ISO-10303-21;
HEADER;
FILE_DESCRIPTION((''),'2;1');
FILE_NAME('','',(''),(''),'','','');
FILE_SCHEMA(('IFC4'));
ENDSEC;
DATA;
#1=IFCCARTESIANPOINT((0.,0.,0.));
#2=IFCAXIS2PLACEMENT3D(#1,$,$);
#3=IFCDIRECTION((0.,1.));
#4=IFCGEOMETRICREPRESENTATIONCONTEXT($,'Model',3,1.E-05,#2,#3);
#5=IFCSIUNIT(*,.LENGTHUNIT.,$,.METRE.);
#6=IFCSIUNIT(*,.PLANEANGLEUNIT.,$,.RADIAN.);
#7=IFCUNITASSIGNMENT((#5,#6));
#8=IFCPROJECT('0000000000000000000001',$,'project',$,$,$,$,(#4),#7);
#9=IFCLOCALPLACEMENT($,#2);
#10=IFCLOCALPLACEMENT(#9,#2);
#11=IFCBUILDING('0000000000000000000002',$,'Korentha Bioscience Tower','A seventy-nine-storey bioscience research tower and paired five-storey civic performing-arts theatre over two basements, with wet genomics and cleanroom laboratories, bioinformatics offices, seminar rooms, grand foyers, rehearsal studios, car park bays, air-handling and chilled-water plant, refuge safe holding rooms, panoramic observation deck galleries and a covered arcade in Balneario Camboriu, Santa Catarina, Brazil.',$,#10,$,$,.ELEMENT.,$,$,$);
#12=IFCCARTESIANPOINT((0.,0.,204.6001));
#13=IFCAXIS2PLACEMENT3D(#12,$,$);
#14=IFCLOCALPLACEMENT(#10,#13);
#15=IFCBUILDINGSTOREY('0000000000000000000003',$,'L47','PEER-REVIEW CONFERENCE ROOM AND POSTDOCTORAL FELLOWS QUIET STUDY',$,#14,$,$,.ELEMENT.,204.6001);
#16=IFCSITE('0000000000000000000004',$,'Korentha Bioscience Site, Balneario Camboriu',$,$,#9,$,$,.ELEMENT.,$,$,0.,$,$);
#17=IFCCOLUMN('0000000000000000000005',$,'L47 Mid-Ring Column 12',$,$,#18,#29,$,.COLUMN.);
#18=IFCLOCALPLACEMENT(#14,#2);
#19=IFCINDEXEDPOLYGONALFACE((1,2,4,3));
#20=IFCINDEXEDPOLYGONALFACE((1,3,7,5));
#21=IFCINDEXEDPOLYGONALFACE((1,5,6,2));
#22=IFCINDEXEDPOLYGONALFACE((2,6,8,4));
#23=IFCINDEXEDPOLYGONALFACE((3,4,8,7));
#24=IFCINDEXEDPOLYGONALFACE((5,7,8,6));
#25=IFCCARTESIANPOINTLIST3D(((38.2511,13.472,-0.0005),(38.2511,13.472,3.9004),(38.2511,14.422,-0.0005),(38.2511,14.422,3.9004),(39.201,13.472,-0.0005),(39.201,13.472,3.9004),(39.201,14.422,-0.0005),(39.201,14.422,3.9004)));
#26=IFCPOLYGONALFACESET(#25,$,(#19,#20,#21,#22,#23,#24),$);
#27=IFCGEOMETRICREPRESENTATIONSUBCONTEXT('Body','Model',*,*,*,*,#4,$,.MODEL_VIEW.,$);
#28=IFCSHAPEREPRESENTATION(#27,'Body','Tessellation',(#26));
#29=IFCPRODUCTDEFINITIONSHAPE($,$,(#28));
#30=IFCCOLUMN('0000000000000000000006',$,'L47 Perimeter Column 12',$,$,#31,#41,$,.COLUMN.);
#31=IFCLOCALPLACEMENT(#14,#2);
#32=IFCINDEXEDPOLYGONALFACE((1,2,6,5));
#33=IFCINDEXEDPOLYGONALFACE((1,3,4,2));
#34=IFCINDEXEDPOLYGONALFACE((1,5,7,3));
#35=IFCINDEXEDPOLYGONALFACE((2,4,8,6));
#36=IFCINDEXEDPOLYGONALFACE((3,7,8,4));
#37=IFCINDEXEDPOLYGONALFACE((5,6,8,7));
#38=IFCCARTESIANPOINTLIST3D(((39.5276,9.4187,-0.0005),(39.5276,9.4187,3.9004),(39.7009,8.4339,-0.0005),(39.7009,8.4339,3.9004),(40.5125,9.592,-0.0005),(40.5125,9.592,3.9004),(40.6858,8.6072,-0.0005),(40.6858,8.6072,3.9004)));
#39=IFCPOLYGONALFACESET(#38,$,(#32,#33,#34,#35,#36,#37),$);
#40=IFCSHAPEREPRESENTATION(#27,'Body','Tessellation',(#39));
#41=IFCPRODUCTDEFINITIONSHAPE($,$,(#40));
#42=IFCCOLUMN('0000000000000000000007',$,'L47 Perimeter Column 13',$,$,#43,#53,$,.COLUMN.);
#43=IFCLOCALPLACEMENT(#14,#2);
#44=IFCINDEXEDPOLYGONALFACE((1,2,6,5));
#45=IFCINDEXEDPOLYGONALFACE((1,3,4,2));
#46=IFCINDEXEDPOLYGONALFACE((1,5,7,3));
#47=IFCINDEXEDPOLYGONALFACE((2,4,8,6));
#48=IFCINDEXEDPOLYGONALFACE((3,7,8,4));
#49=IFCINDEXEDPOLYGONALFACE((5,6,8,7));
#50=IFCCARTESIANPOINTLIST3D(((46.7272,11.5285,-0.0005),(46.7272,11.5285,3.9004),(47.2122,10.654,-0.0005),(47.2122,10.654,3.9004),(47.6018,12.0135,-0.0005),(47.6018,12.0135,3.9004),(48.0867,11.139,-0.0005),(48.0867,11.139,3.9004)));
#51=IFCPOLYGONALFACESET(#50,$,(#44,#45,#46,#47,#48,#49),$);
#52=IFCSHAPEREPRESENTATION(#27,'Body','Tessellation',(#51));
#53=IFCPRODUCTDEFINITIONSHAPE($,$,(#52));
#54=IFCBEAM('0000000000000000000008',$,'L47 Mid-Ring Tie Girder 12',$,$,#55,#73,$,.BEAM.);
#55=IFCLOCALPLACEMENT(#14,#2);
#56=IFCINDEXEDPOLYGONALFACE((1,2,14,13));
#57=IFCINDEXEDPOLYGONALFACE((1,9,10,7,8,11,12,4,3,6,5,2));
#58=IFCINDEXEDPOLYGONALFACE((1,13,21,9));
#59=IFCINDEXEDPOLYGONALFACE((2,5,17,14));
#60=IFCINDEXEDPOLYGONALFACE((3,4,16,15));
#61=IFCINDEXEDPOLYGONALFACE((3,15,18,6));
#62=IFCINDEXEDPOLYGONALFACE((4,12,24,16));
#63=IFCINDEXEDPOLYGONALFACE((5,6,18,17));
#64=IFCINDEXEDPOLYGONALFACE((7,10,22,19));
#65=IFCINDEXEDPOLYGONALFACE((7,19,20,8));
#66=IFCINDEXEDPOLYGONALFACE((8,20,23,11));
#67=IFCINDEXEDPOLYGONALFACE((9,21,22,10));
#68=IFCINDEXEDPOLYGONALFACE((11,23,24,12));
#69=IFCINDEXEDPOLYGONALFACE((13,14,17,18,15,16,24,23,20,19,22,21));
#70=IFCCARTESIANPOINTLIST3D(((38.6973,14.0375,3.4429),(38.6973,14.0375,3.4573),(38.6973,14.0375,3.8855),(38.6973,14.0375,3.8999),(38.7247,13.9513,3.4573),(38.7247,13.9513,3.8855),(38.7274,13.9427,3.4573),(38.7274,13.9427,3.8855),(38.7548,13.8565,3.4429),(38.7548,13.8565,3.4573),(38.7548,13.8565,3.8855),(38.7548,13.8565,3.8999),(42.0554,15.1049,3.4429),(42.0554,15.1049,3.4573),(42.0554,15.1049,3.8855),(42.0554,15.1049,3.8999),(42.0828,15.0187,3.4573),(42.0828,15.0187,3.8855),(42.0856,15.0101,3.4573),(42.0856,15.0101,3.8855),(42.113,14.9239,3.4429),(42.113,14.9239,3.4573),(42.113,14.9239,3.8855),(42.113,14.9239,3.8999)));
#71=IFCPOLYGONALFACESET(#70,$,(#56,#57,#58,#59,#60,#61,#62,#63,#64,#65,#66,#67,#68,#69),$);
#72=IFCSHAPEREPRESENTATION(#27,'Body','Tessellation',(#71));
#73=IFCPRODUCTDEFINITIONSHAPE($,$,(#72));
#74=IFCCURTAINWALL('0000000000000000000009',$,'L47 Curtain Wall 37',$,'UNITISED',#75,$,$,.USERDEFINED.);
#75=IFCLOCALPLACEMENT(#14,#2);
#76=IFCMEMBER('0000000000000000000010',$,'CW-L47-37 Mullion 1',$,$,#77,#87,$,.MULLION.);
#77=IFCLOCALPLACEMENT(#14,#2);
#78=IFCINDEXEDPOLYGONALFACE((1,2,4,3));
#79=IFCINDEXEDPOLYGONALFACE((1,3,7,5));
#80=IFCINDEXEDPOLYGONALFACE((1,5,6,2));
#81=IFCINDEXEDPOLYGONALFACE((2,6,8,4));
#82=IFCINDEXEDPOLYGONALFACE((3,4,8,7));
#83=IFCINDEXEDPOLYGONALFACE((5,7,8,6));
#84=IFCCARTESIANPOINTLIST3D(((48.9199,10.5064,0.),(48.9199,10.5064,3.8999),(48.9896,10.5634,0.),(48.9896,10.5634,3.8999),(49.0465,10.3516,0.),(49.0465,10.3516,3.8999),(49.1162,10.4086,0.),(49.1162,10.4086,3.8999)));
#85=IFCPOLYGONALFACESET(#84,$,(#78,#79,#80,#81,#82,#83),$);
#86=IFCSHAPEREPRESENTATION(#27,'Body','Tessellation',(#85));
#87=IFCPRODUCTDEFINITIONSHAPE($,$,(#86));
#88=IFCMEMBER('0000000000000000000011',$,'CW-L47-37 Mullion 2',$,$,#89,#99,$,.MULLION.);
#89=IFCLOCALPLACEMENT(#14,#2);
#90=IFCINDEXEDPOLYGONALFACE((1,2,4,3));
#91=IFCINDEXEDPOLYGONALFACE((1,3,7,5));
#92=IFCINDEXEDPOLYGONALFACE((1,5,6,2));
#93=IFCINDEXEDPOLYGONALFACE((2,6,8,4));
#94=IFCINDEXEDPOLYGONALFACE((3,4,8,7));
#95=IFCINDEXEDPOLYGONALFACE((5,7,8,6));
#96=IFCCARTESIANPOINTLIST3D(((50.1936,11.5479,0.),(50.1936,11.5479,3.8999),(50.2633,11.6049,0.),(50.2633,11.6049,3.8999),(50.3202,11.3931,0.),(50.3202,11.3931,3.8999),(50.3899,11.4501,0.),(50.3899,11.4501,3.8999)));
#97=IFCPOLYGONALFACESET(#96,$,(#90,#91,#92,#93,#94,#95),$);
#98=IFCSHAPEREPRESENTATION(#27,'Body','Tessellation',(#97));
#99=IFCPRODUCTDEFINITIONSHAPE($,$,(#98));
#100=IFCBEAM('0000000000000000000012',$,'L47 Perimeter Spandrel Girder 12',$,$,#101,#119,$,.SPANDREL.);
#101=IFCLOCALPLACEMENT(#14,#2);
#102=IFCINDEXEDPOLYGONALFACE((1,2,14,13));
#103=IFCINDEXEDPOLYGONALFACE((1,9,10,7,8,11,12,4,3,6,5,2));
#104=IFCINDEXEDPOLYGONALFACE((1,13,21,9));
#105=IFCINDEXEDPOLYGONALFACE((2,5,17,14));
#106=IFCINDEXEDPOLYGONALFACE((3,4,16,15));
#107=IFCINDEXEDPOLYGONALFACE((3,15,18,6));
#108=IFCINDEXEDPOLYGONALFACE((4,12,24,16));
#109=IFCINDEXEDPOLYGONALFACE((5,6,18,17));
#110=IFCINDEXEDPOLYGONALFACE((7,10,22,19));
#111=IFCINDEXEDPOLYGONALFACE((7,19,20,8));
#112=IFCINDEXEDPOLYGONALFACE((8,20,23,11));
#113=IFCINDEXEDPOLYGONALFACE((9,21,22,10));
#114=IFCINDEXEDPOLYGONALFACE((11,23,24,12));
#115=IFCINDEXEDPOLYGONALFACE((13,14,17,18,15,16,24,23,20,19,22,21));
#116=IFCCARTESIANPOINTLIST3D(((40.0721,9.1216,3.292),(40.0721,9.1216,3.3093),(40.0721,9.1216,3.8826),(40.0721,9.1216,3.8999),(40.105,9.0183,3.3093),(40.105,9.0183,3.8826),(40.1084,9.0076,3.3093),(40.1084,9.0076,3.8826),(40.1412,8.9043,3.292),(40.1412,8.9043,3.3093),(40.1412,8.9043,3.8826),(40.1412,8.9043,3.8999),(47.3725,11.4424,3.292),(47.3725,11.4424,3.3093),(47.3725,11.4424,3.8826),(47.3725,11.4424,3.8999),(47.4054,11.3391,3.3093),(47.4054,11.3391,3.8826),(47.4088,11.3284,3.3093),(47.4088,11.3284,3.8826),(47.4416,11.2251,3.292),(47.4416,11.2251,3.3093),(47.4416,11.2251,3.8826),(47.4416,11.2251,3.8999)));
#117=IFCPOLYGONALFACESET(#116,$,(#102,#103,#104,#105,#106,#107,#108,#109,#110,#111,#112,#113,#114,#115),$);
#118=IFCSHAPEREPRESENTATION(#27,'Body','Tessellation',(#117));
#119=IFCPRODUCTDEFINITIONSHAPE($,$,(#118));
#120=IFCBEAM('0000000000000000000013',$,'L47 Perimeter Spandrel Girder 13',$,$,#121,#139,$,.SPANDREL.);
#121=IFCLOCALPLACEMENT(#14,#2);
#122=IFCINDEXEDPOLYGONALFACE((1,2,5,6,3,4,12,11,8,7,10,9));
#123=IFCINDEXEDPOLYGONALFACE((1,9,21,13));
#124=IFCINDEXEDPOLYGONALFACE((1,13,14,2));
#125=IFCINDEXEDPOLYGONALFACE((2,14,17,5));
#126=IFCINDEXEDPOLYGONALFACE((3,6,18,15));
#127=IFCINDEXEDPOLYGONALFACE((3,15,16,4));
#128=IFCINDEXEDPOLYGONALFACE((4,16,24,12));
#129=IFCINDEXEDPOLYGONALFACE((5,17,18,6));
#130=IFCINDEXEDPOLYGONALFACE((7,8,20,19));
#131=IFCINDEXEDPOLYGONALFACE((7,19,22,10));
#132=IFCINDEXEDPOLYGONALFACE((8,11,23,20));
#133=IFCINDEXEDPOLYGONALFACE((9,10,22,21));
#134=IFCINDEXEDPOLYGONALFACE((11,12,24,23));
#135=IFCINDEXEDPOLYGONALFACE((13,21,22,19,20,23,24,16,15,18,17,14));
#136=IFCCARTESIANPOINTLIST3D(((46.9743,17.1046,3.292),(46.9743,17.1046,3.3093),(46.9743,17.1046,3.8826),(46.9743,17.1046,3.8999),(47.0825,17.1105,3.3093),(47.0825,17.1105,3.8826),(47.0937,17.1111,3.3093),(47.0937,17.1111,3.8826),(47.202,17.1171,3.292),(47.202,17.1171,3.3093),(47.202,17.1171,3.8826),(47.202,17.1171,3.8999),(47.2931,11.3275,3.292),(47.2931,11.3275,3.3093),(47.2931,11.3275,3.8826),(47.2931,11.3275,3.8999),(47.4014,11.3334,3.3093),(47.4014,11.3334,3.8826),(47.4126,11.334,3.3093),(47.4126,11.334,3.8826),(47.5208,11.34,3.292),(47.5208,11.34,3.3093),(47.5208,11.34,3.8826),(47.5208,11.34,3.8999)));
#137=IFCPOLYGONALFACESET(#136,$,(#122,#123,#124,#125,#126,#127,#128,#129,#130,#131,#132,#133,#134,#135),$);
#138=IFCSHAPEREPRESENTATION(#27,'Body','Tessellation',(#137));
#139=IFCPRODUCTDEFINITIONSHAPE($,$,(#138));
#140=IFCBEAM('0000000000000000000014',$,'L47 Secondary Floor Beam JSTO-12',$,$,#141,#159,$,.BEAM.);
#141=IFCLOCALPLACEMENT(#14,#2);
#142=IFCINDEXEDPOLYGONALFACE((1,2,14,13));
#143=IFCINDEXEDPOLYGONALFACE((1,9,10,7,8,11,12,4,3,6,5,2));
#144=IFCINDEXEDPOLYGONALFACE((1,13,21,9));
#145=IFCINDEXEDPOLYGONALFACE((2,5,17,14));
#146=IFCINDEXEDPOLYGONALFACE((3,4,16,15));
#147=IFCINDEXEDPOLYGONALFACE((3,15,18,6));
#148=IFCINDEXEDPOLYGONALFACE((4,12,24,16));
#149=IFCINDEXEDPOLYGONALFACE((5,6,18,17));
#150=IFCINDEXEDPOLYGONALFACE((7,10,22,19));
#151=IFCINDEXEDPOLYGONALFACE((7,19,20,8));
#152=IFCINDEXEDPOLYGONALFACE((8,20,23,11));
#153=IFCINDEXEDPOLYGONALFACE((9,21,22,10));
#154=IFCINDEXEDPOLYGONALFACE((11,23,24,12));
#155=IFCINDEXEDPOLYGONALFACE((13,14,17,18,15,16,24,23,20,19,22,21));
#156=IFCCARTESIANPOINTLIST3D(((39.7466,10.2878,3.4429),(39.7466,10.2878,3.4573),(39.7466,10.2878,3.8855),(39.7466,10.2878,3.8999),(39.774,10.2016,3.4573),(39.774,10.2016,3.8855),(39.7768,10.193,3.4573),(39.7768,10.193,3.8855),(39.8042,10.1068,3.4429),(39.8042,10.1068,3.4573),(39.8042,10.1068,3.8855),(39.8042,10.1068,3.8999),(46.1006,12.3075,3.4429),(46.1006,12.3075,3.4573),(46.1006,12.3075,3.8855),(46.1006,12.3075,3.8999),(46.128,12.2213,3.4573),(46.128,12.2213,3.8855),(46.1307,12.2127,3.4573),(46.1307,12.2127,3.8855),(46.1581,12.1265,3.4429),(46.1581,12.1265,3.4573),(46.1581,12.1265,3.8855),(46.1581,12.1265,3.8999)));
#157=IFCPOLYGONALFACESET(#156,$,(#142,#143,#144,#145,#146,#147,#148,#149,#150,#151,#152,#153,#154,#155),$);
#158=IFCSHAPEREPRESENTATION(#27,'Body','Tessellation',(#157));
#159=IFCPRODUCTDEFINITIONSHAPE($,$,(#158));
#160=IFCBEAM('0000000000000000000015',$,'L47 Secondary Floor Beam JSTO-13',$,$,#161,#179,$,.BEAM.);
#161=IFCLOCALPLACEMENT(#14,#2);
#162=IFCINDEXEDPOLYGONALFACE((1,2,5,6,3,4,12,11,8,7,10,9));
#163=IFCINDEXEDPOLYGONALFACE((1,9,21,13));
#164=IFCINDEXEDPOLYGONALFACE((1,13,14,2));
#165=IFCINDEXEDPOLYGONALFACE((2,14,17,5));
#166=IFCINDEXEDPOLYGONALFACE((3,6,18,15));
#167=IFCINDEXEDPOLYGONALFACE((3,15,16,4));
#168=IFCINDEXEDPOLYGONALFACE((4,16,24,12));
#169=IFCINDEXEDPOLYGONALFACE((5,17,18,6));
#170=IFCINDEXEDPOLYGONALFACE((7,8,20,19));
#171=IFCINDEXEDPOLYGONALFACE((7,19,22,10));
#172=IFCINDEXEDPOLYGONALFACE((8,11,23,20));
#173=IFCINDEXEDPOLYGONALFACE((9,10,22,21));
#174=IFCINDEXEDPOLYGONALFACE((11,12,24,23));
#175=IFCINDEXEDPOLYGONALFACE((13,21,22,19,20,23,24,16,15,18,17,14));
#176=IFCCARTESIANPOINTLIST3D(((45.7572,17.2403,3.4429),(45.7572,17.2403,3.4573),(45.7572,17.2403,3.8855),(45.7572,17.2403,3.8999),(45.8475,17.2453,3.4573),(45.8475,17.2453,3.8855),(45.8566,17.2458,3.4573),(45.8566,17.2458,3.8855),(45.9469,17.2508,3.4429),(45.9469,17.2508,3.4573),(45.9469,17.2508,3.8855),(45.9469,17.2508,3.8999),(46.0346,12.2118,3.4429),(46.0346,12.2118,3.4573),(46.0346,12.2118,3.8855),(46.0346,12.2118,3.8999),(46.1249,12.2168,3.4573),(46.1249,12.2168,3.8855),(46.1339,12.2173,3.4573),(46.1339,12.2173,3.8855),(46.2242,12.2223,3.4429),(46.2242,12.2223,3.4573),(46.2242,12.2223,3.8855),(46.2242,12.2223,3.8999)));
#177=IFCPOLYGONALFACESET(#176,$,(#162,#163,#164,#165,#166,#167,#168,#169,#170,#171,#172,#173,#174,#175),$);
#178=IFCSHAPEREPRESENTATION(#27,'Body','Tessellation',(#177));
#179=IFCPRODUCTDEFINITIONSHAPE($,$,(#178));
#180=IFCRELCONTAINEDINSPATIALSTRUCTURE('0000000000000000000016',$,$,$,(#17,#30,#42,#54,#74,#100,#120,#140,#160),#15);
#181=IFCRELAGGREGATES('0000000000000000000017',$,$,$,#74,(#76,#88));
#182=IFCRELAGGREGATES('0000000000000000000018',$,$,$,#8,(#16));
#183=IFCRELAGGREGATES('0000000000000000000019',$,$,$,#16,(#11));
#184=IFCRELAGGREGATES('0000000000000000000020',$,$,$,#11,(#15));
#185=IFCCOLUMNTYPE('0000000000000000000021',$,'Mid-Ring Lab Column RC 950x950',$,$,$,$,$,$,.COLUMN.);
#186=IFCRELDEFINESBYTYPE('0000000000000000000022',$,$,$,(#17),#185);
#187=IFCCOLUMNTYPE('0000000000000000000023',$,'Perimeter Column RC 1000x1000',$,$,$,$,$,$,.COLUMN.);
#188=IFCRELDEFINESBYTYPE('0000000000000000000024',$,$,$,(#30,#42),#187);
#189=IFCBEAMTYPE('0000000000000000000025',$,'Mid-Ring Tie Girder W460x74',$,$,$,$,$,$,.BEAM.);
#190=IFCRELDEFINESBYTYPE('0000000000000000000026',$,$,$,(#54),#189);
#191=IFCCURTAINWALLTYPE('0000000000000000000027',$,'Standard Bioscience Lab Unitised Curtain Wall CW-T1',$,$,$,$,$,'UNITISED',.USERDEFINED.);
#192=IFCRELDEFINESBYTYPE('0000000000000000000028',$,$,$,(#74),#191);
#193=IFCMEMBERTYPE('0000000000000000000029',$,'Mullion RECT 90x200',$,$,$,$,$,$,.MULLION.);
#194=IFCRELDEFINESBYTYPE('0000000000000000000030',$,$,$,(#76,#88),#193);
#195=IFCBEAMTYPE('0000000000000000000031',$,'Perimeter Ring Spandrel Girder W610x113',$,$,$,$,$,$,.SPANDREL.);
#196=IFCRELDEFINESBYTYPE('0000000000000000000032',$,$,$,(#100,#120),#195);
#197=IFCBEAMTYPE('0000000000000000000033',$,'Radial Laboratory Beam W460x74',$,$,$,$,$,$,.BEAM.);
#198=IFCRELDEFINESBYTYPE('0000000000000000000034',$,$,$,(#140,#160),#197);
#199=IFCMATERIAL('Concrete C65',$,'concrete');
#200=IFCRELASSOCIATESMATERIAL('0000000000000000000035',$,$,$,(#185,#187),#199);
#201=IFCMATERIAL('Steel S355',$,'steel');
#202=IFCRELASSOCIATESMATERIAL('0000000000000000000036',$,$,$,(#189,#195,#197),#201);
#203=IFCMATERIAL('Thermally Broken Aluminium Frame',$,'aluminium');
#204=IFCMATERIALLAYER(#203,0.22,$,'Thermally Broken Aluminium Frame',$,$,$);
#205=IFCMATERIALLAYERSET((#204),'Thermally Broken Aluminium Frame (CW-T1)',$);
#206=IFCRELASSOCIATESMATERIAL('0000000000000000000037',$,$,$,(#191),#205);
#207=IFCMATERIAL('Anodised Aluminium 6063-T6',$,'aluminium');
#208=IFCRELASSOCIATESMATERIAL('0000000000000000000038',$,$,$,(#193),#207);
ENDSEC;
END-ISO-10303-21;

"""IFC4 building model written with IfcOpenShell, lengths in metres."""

from ifc_helpers import new_model, si_unit, direction, frame, origin, origin_2d, place, context, subcontext, project, spatial, rectangle, i_section, extrude, material, layer, layer_set, material_profile, profile_set, type_object, element, aggregate, save


model = new_model("IFC4")

# Units and contexts
model_context = context("Model", 3, precision=1e-05, world=origin(), true_north=direction((0.0, 1.0)))
body_context = subcontext(model_context, "Body", "Model", "MODEL_VIEW")
ifc_project = project(units=[si_unit("LENGTHUNIT", "METRE"), si_unit("PLANEANGLEUNIT", "RADIAN")], contexts=[model_context])

# Site, building, storey
site_placement = place(None, origin())
site = spatial("IfcSite", under=ifc_project, at=site_placement, Name="Korentha Bioscience Site, Balneario Camboriu", CompositionType="ELEMENT", RefElevation=0.0)
building_placement = place(site_placement, origin())
building = spatial("IfcBuilding", under=site, at=building_placement, Name="Korentha Bioscience Tower", Description="A seventy-nine-storey bioscience research tower and paired five-storey civic performing-arts theatre over two basements, with wet genomics and cleanroom laboratories, bioinformatics offices, seminar rooms, grand foyers, rehearsal studios, car park bays, air-handling and chilled-water plant, refuge safe holding rooms, panoramic observation deck galleries and a covered arcade in Balneario Camboriu, Santa Catarina, Brazil.", CompositionType="ELEMENT")
storey_placement = place(building_placement, frame((0.0, 0.0, 204.6001)))
storey = spatial("IfcBuildingStorey", under=building, at=storey_placement, Name="L47", Description="PEER-REVIEW CONFERENCE ROOM AND POSTDOCTORAL FELLOWS QUIET STUDY", CompositionType="ELEMENT", Elevation=204.6001)

# Columns
ifc_material_1 = material(Name="Concrete C65", Category="concrete")
ifc_material_profile_1 = material_profile(ifc_material_1, rectangle(XDim=0.95, YDim=0.95, at=origin_2d()), Name="Concrete C65")
ifc_profile_set_1 = profile_set([ifc_material_profile_1], Name="Concrete C65 (COL-MR09)")
column_type_1 = type_object("IfcColumnType", Name="Mid-Ring Lab Column RC 950x950", PredefinedType="COLUMN", material=ifc_profile_set_1)
column_placement = place(storey_placement, frame((38.7261, 13.947, -0.0005), z_axis=(0.0, 0.0, 1.0), x_axis=(1.0, 0.0, 0.0)))
element("IfcColumn", 1, at=column_placement, inside=storey, type_object=column_type_1, Name="L47 Mid-Ring Column 12", PredefinedType="COLUMN", context=body_context, shape_type="SweptSolid", body=[
    extrude(rectangle(XDim=0.95, YDim=0.95, at=origin_2d()), origin(), (0.0, 0.0, 1.0), 3.9009),
])
ifc_material_profile_2 = material_profile(ifc_material_1, rectangle(XDim=1.0, YDim=1.0, at=origin_2d()), Name="Concrete C65")
ifc_profile_set_2 = profile_set([ifc_material_profile_2], Name="Concrete C65 (COL-P10)")
column_type_2 = type_object("IfcColumnType", Name="Perimeter Column RC 1000x1000", PredefinedType="COLUMN", material=ifc_profile_set_2)
for number, where, z_axis, x_axis, name in (
    (2, (40.1067, 9.0129, -0.0005), (0.0, 0.0, 1.0), (0.984868, 0.173304, 0.0), "L47 Perimeter Column 12"),
    (3, (47.407, 11.3337, -0.0005), (0.0, 0.0, 1.0), (0.874535, 0.484962, 0.0), "L47 Perimeter Column 13"),
):
    element("IfcColumn", number, at=place(storey_placement, frame(where, z_axis=z_axis, x_axis=x_axis)), inside=storey, type_object=column_type_2, Name=name, PredefinedType="COLUMN", context=body_context, shape_type="SweptSolid", body=[
        extrude(rectangle(XDim=1.0, YDim=1.0, at=origin_2d()), origin(), (0.0, 0.0, 1.0), 3.9009),
    ])

# Beam
ifc_material_2 = material(Name="Steel S355", Category="steel")
ifc_material_profile_3 = material_profile(ifc_material_2, i_section(OverallWidth=0.1899, OverallDepth=0.457, WebThickness=0.009, FlangeThickness=0.0144, at=origin_2d()), Name="Steel S355")
ifc_profile_set_3 = profile_set([ifc_material_profile_3], Name="Steel S355 (MB-460)")
beam_type_1 = type_object("IfcBeamType", Name="Mid-Ring Tie Girder W460x74", PredefinedType="BEAM", material=ifc_profile_set_3)
beam_1_placement = place(storey_placement, frame((38.7261, 13.947, 3.6714), z_axis=(0.953018, 0.302915, 0.0), x_axis=(-0.302915, 0.953018, 0.0)))
element("IfcBeam", 4, at=beam_1_placement, inside=storey, type_object=beam_type_1, Name="L47 Mid-Ring Tie Girder 12", PredefinedType="BEAM", context=body_context, shape_type="SweptSolid", body=[
    extrude(i_section(OverallWidth=0.1899, OverallDepth=0.457, WebThickness=0.009, FlangeThickness=0.0144, at=origin_2d()), origin(), (0.0, 0.0, 1.0), 3.5237),
])

# Curtain wall, members
ifc_material_3 = material(Name="Thermally Broken Aluminium Frame", Category="aluminium")
ifc_layer_1 = layer(ifc_material_3, 0.22, Name="Thermally Broken Aluminium Frame")
ifc_layer_set_1 = layer_set([ifc_layer_1], Name="Thermally Broken Aluminium Frame (CW-T1)")
curtain_wall_type = type_object("IfcCurtainWallType", Name="Standard Bioscience Lab Unitised Curtain Wall CW-T1", ElementType="UNITISED", PredefinedType="USERDEFINED", material=ifc_layer_set_1)
curtain_wall_placement = place(storey_placement, origin())
curtain_wall = element("IfcCurtainWall", 5, at=curtain_wall_placement, inside=storey, type_object=curtain_wall_type, Name="L47 Curtain Wall 37", ObjectType="UNITISED", PredefinedType="USERDEFINED")
ifc_material_4 = material(Name="Anodised Aluminium 6063-T6", Category="aluminium")
ifc_material_profile_4 = material_profile(ifc_material_4, rectangle(XDim=0.0901, YDim=0.2, at=origin_2d()), Name="Anodised Aluminium 6063-T6")
ifc_profile_set_4 = profile_set([ifc_material_profile_4], Name="Anodised Aluminium 6063-T6 (CW-MUL)")
member_type_1 = type_object("IfcMemberType", Name="Mullion RECT 90x200", PredefinedType="MULLION", material=ifc_profile_set_4)
member_1_placement = place(storey_placement, frame((49.0181, 10.4575, 0.0), z_axis=(0.0, 0.0, 1.0), x_axis=(0.774088, 0.633078, 0.0)))
member_1 = element("IfcMember", 6, at=member_1_placement, type_object=member_type_1, Name="CW-L47-37 Mullion 1", PredefinedType="MULLION", context=body_context, shape_type="SweptSolid", body=[
    extrude(rectangle(XDim=0.0901, YDim=0.2, at=origin_2d()), origin(), (0.0, 0.0, 1.0), 3.8999),
])
member_2_placement = place(storey_placement, frame((50.2917, 11.499, 0.0), z_axis=(0.0, 0.0, 1.0), x_axis=(0.774088, 0.633078, 0.0)))
member_2 = element("IfcMember", 7, at=member_2_placement, type_object=member_type_1, Name="CW-L47-37 Mullion 2", PredefinedType="MULLION", context=body_context, shape_type="SweptSolid", body=[
    extrude(rectangle(XDim=0.0901, YDim=0.2, at=origin_2d()), origin(), (0.0, 0.0, 1.0), 3.8999),
])

# Beams
ifc_material_profile_5 = material_profile(ifc_material_2, i_section(OverallWidth=0.228, OverallDepth=0.6079, WebThickness=0.0112, FlangeThickness=0.0173, at=origin_2d()), Name="Steel S355")
ifc_profile_set_5 = profile_set([ifc_material_profile_5], Name="Steel S355 (SB-610)")
beam_type_2 = type_object("IfcBeamType", Name="Perimeter Ring Spandrel Girder W610x113", PredefinedType="SPANDREL", material=ifc_profile_set_5)
beam_2_placement = place(storey_placement, frame((40.1067, 9.0129, 3.5959), z_axis=(0.953002, 0.302964, 0.0), x_axis=(-0.302964, 0.953002, 0.0)))
element("IfcBeam", 8, at=beam_2_placement, inside=storey, type_object=beam_type_2, Name="L47 Perimeter Spandrel Girder 12", PredefinedType="SPANDREL", context=body_context, shape_type="SweptSolid", body=[
    extrude(i_section(OverallWidth=0.228, OverallDepth=0.6079, WebThickness=0.0112, FlangeThickness=0.0173, at=origin_2d()), origin(), (0.0, 0.0, 1.0), 7.6604),
])
beam_3_placement = place(storey_placement, frame((47.407, 11.3337, 3.5959), z_axis=(-0.055108, 0.99848, 0.0), x_axis=(-0.99848, -0.055108, 0.0)))
element("IfcBeam", 9, at=beam_3_placement, inside=storey, type_object=beam_type_2, Name="L47 Perimeter Spandrel Girder 13", PredefinedType="SPANDREL", context=body_context, shape_type="SweptSolid", body=[
    extrude(i_section(OverallWidth=0.228, OverallDepth=0.6079, WebThickness=0.0112, FlangeThickness=0.0173, at=origin_2d()), origin(), (0.0, 0.0, 1.0), 5.7859),
])
ifc_material_profile_6 = material_profile(ifc_material_2, i_section(OverallWidth=0.1899, OverallDepth=0.457, WebThickness=0.009, FlangeThickness=0.0144, at=origin_2d()), Name="Steel S355")
ifc_profile_set_6 = profile_set([ifc_material_profile_6], Name="Steel S355 (RB-460)")
beam_type_3 = type_object("IfcBeamType", Name="Radial Laboratory Beam W460x74", PredefinedType="BEAM", material=ifc_profile_set_6)
beam_4_placement = place(storey_placement, frame((39.7754, 10.1973, 3.6714), z_axis=(0.95301, 0.302938, 0.0), x_axis=(-0.302938, 0.95301, 0.0)))
element("IfcBeam", 10, at=beam_4_placement, inside=storey, type_object=beam_type_3, Name="L47 Secondary Floor Beam JSTO-12", PredefinedType="BEAM", context=body_context, shape_type="SweptSolid", body=[
    extrude(i_section(OverallWidth=0.1899, OverallDepth=0.457, WebThickness=0.009, FlangeThickness=0.0144, at=origin_2d()), origin(), (0.0, 0.0, 1.0), 6.6672),
])
beam_5_placement = place(storey_placement, frame((46.1294, 12.217, 3.6714), z_axis=(-0.05507, 0.998482, 0.0), x_axis=(-0.998482, -0.05507, 0.0)))
element("IfcBeam", 11, at=beam_5_placement, inside=storey, type_object=beam_type_3, Name="L47 Secondary Floor Beam JSTO-13", PredefinedType="BEAM", context=body_context, shape_type="SweptSolid", body=[
    extrude(i_section(OverallWidth=0.1899, OverallDepth=0.457, WebThickness=0.009, FlangeThickness=0.0144, at=origin_2d()), origin(), (0.0, 0.0, 1.0), 5.0361),
])

aggregate(curtain_wall, [member_1, member_2])

save(model, "model.ifc")
